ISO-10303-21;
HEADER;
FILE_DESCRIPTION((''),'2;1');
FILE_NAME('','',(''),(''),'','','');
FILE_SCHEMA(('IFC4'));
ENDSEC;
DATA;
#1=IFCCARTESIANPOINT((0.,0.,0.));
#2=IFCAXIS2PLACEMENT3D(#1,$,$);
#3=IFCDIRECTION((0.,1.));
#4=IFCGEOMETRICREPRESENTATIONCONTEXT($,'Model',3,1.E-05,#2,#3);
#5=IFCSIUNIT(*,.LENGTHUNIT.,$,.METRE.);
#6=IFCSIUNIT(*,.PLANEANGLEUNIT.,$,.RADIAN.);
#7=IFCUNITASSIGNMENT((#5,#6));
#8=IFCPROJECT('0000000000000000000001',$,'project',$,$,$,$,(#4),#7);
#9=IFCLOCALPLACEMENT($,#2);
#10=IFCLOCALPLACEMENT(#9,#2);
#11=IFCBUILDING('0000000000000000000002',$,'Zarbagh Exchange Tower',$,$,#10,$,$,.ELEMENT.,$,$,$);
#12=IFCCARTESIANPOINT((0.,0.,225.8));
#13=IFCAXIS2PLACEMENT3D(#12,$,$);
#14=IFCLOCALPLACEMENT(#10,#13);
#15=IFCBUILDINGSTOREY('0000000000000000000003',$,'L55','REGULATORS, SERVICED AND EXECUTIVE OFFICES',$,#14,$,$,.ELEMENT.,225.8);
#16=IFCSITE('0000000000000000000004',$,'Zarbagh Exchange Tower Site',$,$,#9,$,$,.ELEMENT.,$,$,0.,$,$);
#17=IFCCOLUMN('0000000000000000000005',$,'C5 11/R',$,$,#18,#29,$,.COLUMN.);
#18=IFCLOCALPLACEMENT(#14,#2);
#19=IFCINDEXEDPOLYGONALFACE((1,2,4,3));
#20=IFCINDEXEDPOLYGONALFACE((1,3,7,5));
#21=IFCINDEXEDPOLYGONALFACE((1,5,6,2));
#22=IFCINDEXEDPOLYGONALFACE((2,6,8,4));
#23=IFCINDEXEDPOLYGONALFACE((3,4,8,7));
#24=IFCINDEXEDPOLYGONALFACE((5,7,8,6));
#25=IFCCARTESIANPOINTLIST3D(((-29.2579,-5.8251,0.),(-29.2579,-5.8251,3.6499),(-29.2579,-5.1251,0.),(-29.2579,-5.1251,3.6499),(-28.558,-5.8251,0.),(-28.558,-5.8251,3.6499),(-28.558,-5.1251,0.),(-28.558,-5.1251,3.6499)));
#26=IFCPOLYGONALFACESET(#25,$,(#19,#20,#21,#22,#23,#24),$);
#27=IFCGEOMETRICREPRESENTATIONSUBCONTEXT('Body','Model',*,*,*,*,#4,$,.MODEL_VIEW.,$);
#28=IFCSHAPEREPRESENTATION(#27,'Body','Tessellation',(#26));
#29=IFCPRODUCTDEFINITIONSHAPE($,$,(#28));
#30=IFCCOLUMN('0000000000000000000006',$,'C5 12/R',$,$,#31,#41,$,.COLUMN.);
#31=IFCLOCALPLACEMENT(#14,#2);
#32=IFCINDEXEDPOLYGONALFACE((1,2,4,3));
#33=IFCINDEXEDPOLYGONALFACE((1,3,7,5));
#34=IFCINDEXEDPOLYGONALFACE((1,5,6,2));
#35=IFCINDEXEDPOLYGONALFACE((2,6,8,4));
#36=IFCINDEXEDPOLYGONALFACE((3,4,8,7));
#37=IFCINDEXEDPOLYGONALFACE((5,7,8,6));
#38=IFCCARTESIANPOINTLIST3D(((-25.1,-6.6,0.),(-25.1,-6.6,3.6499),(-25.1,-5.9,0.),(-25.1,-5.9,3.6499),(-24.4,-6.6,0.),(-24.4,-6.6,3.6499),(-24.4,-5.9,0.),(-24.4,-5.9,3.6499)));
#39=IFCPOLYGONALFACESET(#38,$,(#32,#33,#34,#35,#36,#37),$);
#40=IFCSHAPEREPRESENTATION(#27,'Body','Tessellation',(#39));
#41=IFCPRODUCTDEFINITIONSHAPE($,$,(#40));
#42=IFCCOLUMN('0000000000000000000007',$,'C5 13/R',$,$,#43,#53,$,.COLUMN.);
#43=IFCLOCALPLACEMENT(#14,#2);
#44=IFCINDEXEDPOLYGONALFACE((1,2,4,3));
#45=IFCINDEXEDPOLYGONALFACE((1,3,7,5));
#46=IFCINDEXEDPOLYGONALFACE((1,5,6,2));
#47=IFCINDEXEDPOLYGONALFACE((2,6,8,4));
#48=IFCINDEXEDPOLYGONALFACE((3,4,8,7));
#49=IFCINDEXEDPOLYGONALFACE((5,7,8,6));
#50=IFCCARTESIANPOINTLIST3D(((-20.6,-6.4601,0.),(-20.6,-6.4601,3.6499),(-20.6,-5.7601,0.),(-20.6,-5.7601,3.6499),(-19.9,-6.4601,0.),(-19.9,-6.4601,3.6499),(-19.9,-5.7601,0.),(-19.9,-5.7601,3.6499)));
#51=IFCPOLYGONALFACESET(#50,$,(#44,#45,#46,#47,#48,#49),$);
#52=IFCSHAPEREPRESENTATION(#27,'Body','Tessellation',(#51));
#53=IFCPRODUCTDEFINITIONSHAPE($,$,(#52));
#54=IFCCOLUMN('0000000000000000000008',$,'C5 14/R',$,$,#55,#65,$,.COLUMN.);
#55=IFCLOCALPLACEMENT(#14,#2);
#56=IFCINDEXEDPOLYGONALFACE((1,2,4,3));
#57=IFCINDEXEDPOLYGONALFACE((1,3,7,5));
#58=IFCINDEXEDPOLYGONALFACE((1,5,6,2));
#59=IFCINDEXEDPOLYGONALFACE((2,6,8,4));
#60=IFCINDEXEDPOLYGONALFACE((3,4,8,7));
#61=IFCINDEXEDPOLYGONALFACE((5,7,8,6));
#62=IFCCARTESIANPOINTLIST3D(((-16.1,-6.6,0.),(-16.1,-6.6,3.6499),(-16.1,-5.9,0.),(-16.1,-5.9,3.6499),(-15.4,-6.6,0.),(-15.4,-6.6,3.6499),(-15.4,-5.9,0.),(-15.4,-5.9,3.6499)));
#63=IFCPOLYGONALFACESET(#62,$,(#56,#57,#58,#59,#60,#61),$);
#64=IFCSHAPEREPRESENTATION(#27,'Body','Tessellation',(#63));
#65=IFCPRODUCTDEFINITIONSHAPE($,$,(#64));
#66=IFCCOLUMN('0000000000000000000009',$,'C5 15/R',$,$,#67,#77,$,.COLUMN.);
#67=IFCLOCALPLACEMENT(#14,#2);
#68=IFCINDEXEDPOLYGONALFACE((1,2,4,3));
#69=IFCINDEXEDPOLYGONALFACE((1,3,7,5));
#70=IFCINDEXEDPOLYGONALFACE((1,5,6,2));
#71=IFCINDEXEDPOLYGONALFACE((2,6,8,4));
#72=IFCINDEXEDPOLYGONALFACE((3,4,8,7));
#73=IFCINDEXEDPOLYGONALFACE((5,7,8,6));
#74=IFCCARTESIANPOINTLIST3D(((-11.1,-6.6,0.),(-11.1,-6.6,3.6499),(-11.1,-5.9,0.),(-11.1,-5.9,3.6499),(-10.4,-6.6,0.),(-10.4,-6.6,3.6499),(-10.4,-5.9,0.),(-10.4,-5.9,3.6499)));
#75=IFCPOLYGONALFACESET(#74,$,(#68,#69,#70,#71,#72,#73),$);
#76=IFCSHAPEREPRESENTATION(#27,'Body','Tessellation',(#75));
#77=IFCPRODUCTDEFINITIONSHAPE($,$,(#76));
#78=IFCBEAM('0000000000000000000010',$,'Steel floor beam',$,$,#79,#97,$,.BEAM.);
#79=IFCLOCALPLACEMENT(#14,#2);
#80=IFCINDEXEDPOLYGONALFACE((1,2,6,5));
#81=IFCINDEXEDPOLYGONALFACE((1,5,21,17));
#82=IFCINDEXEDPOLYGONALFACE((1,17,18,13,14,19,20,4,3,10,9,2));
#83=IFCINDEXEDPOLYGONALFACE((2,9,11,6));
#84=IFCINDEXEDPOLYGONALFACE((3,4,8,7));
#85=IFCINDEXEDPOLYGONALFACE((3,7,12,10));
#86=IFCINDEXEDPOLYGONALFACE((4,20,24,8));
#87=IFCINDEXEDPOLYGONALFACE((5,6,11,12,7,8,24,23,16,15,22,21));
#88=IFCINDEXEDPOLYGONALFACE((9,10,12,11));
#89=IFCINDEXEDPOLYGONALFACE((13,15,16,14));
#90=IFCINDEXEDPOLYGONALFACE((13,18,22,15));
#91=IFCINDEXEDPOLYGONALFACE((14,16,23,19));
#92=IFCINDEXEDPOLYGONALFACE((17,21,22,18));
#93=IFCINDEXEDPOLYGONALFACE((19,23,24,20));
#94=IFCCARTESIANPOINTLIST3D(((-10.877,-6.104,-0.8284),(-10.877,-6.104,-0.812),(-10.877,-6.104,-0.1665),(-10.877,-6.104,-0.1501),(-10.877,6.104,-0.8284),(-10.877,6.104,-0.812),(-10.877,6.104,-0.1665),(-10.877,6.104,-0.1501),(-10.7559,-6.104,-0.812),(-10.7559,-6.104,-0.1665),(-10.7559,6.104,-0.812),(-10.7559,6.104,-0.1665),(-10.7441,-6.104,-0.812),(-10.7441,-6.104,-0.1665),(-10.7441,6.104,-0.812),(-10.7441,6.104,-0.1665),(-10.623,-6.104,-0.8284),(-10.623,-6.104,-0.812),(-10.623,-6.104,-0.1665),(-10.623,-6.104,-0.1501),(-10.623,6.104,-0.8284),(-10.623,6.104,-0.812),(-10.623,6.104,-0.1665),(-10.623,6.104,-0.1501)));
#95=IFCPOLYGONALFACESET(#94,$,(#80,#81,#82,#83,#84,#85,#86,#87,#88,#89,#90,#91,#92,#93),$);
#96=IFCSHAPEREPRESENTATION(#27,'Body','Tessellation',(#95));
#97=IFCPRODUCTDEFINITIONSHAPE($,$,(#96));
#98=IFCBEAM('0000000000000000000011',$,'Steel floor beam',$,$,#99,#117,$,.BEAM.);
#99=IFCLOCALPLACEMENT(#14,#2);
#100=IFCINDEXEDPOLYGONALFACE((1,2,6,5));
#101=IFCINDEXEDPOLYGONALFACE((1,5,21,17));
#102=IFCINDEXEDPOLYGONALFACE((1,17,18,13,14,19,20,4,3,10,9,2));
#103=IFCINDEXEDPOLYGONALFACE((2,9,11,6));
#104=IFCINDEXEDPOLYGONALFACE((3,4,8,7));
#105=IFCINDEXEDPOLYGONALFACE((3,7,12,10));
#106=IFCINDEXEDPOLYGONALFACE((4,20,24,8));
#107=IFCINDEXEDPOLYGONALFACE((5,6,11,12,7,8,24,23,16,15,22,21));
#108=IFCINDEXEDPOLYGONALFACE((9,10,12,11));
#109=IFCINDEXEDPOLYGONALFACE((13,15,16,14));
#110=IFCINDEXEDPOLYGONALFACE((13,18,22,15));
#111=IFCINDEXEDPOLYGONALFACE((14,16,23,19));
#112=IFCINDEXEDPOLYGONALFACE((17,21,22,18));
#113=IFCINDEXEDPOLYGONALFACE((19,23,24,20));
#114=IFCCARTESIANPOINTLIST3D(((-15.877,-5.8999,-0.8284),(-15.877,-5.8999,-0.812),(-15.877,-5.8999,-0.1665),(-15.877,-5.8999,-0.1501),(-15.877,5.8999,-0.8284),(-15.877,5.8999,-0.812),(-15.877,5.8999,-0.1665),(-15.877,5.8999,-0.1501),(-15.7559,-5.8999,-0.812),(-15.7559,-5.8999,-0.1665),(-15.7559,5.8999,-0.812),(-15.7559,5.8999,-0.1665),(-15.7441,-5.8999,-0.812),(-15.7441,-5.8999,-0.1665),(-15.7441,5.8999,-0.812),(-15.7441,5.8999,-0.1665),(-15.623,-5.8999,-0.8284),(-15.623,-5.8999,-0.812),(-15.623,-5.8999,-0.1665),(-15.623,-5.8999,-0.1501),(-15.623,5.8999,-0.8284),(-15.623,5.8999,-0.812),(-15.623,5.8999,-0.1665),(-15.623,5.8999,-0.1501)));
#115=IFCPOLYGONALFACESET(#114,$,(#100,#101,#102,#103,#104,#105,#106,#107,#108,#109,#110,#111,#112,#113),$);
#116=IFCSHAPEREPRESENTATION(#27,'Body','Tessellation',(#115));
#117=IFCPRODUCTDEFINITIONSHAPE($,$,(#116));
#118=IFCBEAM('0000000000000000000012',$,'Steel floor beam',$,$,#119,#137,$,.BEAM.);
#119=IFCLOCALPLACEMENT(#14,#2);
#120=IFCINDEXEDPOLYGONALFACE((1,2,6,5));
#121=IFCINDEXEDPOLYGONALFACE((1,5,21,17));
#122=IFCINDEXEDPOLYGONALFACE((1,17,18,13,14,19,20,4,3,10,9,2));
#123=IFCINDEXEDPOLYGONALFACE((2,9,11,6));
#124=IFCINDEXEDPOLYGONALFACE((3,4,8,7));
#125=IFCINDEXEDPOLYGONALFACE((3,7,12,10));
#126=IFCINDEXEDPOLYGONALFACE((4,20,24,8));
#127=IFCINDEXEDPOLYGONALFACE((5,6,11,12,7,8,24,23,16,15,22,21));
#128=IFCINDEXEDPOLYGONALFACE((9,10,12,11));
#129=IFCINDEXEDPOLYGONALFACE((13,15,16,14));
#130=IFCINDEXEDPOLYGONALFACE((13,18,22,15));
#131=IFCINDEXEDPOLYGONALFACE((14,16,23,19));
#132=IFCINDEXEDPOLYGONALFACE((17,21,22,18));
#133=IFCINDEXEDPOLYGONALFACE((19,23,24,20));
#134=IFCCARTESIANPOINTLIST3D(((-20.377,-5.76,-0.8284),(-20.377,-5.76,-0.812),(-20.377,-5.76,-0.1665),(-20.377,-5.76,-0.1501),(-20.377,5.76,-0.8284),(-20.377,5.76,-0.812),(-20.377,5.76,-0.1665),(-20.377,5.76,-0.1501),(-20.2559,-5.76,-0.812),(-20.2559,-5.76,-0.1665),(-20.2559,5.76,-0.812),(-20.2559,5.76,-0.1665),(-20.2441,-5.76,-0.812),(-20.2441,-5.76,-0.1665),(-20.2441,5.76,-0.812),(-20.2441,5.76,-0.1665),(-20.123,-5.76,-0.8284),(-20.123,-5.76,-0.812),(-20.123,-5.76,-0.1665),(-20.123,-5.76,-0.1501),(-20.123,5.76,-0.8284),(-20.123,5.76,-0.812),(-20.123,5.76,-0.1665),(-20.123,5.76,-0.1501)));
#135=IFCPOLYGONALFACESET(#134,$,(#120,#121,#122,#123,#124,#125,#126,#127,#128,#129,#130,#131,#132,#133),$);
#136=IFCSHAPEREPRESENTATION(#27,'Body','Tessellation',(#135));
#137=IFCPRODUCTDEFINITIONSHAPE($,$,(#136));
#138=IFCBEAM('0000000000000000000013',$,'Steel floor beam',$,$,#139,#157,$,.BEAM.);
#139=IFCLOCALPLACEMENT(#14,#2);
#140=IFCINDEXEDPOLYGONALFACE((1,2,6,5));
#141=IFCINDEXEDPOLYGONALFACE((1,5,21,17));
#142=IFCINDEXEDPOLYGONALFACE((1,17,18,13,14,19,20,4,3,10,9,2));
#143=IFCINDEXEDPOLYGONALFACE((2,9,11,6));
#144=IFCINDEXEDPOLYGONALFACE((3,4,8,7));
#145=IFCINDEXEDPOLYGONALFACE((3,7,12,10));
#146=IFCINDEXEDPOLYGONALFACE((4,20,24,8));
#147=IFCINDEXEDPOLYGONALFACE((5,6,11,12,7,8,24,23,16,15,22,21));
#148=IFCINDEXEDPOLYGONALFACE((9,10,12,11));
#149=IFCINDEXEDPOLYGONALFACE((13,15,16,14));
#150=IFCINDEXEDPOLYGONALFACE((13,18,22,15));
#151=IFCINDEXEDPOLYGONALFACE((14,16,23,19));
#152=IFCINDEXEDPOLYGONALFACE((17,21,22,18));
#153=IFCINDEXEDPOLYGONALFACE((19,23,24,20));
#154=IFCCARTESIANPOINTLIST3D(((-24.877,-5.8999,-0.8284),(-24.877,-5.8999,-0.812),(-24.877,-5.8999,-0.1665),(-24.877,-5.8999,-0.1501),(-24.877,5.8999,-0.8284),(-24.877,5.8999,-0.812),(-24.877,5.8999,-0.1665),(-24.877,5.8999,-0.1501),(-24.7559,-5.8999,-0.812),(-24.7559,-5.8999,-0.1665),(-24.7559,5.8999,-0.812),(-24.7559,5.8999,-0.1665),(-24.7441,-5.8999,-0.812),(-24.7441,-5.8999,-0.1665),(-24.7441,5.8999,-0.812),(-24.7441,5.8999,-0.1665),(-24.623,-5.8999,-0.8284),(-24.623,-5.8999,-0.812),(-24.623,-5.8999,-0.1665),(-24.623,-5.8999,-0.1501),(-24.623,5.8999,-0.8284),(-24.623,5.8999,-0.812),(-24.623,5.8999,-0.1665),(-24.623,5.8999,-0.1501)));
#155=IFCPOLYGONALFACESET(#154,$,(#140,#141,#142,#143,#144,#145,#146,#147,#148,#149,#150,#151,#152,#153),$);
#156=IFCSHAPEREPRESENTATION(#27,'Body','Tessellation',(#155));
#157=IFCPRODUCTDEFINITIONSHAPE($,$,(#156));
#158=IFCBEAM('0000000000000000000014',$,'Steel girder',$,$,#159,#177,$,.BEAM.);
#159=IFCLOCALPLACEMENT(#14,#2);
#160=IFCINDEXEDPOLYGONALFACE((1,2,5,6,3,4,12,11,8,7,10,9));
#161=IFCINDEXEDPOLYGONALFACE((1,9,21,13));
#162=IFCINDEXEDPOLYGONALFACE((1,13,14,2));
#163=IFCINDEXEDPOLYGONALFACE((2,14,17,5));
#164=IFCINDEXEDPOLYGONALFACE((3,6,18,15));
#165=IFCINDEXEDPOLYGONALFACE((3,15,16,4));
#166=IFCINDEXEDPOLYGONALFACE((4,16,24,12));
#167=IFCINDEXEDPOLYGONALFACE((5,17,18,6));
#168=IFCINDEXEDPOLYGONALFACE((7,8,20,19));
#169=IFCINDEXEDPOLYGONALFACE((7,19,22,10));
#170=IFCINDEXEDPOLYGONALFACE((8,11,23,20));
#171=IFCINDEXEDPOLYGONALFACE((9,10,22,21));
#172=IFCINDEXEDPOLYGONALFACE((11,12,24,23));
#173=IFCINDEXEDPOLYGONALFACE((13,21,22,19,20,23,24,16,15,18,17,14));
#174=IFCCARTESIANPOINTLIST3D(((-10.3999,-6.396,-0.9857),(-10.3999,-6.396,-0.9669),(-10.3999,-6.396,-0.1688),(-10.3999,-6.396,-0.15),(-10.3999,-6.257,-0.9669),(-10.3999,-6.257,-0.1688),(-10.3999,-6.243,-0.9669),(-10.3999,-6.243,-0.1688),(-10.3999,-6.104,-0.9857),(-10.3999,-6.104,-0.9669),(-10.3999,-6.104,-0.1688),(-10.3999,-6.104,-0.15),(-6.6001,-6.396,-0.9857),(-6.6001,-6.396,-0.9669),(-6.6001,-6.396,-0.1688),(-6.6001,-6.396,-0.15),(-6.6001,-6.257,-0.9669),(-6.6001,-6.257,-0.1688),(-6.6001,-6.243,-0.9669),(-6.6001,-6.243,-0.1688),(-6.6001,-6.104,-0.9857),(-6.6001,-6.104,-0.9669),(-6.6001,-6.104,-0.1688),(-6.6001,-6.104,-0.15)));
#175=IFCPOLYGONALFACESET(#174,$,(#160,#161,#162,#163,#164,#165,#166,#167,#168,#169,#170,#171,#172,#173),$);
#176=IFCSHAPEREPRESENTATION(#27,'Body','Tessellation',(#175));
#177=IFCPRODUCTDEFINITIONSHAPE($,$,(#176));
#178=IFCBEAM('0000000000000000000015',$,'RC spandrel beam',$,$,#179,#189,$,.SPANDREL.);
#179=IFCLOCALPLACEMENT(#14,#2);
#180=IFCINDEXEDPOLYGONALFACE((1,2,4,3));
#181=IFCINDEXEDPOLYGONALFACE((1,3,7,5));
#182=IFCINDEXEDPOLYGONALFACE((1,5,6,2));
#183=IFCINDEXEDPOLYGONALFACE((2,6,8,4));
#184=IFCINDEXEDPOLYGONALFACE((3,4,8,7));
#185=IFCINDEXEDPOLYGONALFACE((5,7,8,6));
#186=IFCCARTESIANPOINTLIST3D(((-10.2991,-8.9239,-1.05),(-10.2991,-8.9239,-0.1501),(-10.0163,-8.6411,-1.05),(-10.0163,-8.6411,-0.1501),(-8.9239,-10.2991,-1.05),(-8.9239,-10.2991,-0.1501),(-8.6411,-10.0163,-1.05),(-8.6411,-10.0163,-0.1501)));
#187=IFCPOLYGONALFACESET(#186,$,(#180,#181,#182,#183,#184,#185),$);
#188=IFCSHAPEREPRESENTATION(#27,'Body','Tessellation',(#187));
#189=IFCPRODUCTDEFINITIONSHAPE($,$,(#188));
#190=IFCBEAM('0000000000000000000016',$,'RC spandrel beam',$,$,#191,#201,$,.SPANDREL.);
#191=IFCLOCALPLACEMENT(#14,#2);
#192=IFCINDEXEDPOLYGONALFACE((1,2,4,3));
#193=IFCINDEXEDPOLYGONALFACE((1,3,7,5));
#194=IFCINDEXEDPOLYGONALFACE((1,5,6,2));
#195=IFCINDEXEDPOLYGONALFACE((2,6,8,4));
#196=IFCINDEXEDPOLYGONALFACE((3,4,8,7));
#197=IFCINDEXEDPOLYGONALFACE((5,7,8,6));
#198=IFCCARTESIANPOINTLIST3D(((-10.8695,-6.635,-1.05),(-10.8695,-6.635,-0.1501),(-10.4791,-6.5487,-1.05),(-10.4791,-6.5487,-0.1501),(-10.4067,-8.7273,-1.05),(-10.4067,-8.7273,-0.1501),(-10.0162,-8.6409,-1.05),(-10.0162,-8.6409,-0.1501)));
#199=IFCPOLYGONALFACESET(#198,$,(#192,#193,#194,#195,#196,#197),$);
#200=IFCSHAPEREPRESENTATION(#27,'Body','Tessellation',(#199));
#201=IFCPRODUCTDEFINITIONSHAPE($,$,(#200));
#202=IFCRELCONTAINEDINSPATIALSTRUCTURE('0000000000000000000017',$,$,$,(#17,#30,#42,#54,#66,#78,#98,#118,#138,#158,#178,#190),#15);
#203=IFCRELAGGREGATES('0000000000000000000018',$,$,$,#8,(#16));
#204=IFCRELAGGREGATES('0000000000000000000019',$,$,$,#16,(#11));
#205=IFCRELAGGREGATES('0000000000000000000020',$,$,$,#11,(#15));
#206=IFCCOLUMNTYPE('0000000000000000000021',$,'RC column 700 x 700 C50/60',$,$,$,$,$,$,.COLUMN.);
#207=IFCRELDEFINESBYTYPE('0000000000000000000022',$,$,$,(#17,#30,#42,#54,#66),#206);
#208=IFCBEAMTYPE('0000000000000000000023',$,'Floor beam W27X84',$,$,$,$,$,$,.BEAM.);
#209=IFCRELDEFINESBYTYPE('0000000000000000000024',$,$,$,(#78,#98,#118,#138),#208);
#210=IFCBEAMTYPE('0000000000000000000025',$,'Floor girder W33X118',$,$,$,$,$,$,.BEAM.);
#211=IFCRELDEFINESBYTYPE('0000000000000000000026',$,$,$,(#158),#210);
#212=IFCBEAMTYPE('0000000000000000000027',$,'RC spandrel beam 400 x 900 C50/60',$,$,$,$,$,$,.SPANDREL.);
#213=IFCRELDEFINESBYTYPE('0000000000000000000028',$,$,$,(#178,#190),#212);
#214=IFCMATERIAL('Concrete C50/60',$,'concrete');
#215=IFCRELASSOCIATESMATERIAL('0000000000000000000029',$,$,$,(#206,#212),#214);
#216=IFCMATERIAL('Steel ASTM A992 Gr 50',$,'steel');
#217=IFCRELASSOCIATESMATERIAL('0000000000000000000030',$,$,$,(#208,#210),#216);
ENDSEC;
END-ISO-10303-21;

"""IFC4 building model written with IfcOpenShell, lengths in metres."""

from ifc_helpers import new_model, si_unit, direction, frame, origin, origin_2d, place, context, subcontext, project, spatial, rectangle, i_section, extrude, material, material_profile, profile_set, type_object, element, save


model = new_model("IFC4")

# Units and contexts
model_context = context("Model", 3, precision=1e-05, world=origin(), true_north=direction((0.0, 1.0)))
body_context = subcontext(model_context, "Body", "Model", "MODEL_VIEW")
ifc_project = project(units=[si_unit("LENGTHUNIT", "METRE"), si_unit("PLANEANGLEUNIT", "RADIAN")], contexts=[model_context])

# Site, building, storey
site_placement = place(None, origin())
site = spatial("IfcSite", under=ifc_project, at=site_placement, Name="Zarbagh Exchange Tower Site", CompositionType="ELEMENT", RefElevation=0.0)
building_placement = place(site_placement, origin())
building = spatial("IfcBuilding", under=site, at=building_placement, Name="Zarbagh Exchange Tower", CompositionType="ELEMENT")
storey_placement = place(building_placement, frame((0.0, 0.0, 225.8)))
storey = spatial("IfcBuildingStorey", under=building, at=storey_placement, Name="L55", Description="REGULATORS, SERVICED AND EXECUTIVE OFFICES", CompositionType="ELEMENT", Elevation=225.8)

# Columns
ifc_material_1 = material(Name="Concrete C50/60", Category="concrete")
ifc_material_profile_1 = material_profile(ifc_material_1, rectangle(XDim=0.7, YDim=0.7, at=origin_2d()), Name="RC column 700 x 700 C50/60")
ifc_profile_set_1 = profile_set([ifc_material_profile_1], Name="Concrete C50/60")
column_type = type_object("IfcColumnType", Name="RC column 700 x 700 C50/60", PredefinedType="COLUMN", material=ifc_profile_set_1)
for number, where, z_axis, x_axis, name in (
    (1, (-28.908, -5.4751, 0.0), (0.0, 0.0, 1.0), (1.0, 0.0, 0.0), "C5 11/R"),
    (2, (-24.75, -6.25, 0.0), (0.0, 0.0, 1.0), (1.0, 0.0, 0.0), "C5 12/R"),
    (3, (-20.25, -6.1101, 0.0), (0.0, 0.0, 1.0), (1.0, 0.0, 0.0), "C5 13/R"),
    (4, (-15.75, -6.25, 0.0), (0.0, 0.0, 1.0), (1.0, 0.0, 0.0), "C5 14/R"),
    (5, (-10.75, -6.25, 0.0), (0.0, 0.0, 1.0), (1.0, 0.0, 0.0), "C5 15/R"),
):
    element("IfcColumn", number, at=place(storey_placement, frame(where, z_axis=z_axis, x_axis=x_axis)), inside=storey, type_object=column_type, Name=name, PredefinedType="COLUMN", context=body_context, shape_type="SweptSolid", body=[
        extrude(rectangle(XDim=0.7, YDim=0.7, at=origin_2d()), origin(), (0.0, 0.0, 1.0), 3.6499),
    ])

# Beams
ifc_material_2 = material(Name="Steel ASTM A992 Gr 50", Category="steel")
ifc_material_profile_2 = material_profile(ifc_material_2, i_section(OverallWidth=0.2539, OverallDepth=0.6782, WebThickness=0.0117, FlangeThickness=0.0164, at=origin_2d()), Name="W27X84")
ifc_profile_set_2 = profile_set([ifc_material_profile_2], Name="Steel ASTM A992 Gr 50")
beam_type_1 = type_object("IfcBeamType", Name="Floor beam W27X84", PredefinedType="BEAM", material=ifc_profile_set_2)
beam_1_placement = place(storey_placement, frame((-10.75, -6.104, -0.4893), z_axis=(0.0, 1.0, 0.0), x_axis=(-1.0, 0.0, 0.0)))
element("IfcBeam", 6, at=beam_1_placement, inside=storey, type_object=beam_type_1, Name="Steel floor beam", PredefinedType="BEAM", context=body_context, shape_type="SweptSolid", body=[
    extrude(i_section(OverallWidth=0.2539, OverallDepth=0.6782, WebThickness=0.0117, FlangeThickness=0.0164, at=origin_2d()), origin(), (0.0, 0.0, 1.0), 12.208),
])
beam_2_placement = place(storey_placement, frame((-15.75, -5.8999, -0.4893), z_axis=(0.0, 1.0, 0.0), x_axis=(-1.0, 0.0, 0.0)))
element("IfcBeam", 7, at=beam_2_placement, inside=storey, type_object=beam_type_1, Name="Steel floor beam", PredefinedType="BEAM", context=body_context, shape_type="SweptSolid", body=[
    extrude(i_section(OverallWidth=0.2539, OverallDepth=0.6782, WebThickness=0.0117, FlangeThickness=0.0164, at=origin_2d()), origin(), (0.0, 0.0, 1.0), 11.7998),
])
beam_3_placement = place(storey_placement, frame((-20.25, -5.76, -0.4893), z_axis=(0.0, 1.0, 0.0), x_axis=(-1.0, 0.0, 0.0)))
element("IfcBeam", 8, at=beam_3_placement, inside=storey, type_object=beam_type_1, Name="Steel floor beam", PredefinedType="BEAM", context=body_context, shape_type="SweptSolid", body=[
    extrude(i_section(OverallWidth=0.2539, OverallDepth=0.6782, WebThickness=0.0117, FlangeThickness=0.0164, at=origin_2d()), origin(), (0.0, 0.0, 1.0), 11.52),
])
beam_4_placement = place(storey_placement, frame((-24.75, -5.8999, -0.4893), z_axis=(0.0, 1.0, 0.0), x_axis=(-1.0, 0.0, 0.0)))
element("IfcBeam", 9, at=beam_4_placement, inside=storey, type_object=beam_type_1, Name="Steel floor beam", PredefinedType="BEAM", context=body_context, shape_type="SweptSolid", body=[
    extrude(i_section(OverallWidth=0.2539, OverallDepth=0.6782, WebThickness=0.0117, FlangeThickness=0.0164, at=origin_2d()), origin(), (0.0, 0.0, 1.0), 11.7998),
])
ifc_material_profile_3 = material_profile(ifc_material_2, i_section(OverallWidth=0.292, OverallDepth=0.8357, WebThickness=0.0139, FlangeThickness=0.0188, at=origin_2d()), Name="W33X118")
ifc_profile_set_3 = profile_set([ifc_material_profile_3], Name="Steel ASTM A992 Gr 50")
beam_type_2 = type_object("IfcBeamType", Name="Floor girder W33X118", PredefinedType="BEAM", material=ifc_profile_set_3)
beam_5_placement = place(storey_placement, frame((-10.3999, -6.25, -0.5679), z_axis=(1.0, 0.0, 0.0), x_axis=(0.0, 1.0, 0.0)))
element("IfcBeam", 10, at=beam_5_placement, inside=storey, type_object=beam_type_2, Name="Steel girder", PredefinedType="BEAM", context=body_context, shape_type="SweptSolid", body=[
    extrude(i_section(OverallWidth=0.292, OverallDepth=0.8357, WebThickness=0.0139, FlangeThickness=0.0188, at=origin_2d()), origin(), (0.0, 0.0, 1.0), 3.7998),
])
ifc_material_profile_4 = material_profile(ifc_material_1, rectangle(XDim=0.3999, YDim=0.8999, at=origin_2d()), Name="RC spandrel beam 400 x 900 C50/60")
ifc_profile_set_4 = profile_set([ifc_material_profile_4], Name="Concrete C50/60")
beam_type_3 = type_object("IfcBeamType", Name="RC spandrel beam 400 x 900 C50/60", PredefinedType="SPANDREL", material=ifc_profile_set_4)
beam_6_placement = place(storey_placement, frame((-8.7825, -10.1577, -0.6001), z_axis=(-0.707107, 0.707107, 0.0), x_axis=(-0.707107, -0.707107, 0.0)))
element("IfcBeam", 11, at=beam_6_placement, inside=storey, type_object=beam_type_3, Name="RC spandrel beam", PredefinedType="SPANDREL", context=body_context, shape_type="SweptSolid", body=[
    extrude(rectangle(XDim=0.3999, YDim=0.8999, at=origin_2d()), origin(), (0.0, 0.0, 1.0), 1.9448),
])
beam_7_placement = place(storey_placement, frame((-10.2114, -8.6841, -0.6001), z_axis=(-0.216014, 0.97639, 0.0), x_axis=(-0.97639, -0.216014, 0.0)))
element("IfcBeam", 12, at=beam_7_placement, inside=storey, type_object=beam_type_3, Name="RC spandrel beam", PredefinedType="SPANDREL", context=body_context, shape_type="SweptSolid", body=[
    extrude(rectangle(XDim=0.3999, YDim=0.8999, at=origin_2d()), origin(), (0.0, 0.0, 1.0), 2.1428),
])

save(model, "model.ifc")
